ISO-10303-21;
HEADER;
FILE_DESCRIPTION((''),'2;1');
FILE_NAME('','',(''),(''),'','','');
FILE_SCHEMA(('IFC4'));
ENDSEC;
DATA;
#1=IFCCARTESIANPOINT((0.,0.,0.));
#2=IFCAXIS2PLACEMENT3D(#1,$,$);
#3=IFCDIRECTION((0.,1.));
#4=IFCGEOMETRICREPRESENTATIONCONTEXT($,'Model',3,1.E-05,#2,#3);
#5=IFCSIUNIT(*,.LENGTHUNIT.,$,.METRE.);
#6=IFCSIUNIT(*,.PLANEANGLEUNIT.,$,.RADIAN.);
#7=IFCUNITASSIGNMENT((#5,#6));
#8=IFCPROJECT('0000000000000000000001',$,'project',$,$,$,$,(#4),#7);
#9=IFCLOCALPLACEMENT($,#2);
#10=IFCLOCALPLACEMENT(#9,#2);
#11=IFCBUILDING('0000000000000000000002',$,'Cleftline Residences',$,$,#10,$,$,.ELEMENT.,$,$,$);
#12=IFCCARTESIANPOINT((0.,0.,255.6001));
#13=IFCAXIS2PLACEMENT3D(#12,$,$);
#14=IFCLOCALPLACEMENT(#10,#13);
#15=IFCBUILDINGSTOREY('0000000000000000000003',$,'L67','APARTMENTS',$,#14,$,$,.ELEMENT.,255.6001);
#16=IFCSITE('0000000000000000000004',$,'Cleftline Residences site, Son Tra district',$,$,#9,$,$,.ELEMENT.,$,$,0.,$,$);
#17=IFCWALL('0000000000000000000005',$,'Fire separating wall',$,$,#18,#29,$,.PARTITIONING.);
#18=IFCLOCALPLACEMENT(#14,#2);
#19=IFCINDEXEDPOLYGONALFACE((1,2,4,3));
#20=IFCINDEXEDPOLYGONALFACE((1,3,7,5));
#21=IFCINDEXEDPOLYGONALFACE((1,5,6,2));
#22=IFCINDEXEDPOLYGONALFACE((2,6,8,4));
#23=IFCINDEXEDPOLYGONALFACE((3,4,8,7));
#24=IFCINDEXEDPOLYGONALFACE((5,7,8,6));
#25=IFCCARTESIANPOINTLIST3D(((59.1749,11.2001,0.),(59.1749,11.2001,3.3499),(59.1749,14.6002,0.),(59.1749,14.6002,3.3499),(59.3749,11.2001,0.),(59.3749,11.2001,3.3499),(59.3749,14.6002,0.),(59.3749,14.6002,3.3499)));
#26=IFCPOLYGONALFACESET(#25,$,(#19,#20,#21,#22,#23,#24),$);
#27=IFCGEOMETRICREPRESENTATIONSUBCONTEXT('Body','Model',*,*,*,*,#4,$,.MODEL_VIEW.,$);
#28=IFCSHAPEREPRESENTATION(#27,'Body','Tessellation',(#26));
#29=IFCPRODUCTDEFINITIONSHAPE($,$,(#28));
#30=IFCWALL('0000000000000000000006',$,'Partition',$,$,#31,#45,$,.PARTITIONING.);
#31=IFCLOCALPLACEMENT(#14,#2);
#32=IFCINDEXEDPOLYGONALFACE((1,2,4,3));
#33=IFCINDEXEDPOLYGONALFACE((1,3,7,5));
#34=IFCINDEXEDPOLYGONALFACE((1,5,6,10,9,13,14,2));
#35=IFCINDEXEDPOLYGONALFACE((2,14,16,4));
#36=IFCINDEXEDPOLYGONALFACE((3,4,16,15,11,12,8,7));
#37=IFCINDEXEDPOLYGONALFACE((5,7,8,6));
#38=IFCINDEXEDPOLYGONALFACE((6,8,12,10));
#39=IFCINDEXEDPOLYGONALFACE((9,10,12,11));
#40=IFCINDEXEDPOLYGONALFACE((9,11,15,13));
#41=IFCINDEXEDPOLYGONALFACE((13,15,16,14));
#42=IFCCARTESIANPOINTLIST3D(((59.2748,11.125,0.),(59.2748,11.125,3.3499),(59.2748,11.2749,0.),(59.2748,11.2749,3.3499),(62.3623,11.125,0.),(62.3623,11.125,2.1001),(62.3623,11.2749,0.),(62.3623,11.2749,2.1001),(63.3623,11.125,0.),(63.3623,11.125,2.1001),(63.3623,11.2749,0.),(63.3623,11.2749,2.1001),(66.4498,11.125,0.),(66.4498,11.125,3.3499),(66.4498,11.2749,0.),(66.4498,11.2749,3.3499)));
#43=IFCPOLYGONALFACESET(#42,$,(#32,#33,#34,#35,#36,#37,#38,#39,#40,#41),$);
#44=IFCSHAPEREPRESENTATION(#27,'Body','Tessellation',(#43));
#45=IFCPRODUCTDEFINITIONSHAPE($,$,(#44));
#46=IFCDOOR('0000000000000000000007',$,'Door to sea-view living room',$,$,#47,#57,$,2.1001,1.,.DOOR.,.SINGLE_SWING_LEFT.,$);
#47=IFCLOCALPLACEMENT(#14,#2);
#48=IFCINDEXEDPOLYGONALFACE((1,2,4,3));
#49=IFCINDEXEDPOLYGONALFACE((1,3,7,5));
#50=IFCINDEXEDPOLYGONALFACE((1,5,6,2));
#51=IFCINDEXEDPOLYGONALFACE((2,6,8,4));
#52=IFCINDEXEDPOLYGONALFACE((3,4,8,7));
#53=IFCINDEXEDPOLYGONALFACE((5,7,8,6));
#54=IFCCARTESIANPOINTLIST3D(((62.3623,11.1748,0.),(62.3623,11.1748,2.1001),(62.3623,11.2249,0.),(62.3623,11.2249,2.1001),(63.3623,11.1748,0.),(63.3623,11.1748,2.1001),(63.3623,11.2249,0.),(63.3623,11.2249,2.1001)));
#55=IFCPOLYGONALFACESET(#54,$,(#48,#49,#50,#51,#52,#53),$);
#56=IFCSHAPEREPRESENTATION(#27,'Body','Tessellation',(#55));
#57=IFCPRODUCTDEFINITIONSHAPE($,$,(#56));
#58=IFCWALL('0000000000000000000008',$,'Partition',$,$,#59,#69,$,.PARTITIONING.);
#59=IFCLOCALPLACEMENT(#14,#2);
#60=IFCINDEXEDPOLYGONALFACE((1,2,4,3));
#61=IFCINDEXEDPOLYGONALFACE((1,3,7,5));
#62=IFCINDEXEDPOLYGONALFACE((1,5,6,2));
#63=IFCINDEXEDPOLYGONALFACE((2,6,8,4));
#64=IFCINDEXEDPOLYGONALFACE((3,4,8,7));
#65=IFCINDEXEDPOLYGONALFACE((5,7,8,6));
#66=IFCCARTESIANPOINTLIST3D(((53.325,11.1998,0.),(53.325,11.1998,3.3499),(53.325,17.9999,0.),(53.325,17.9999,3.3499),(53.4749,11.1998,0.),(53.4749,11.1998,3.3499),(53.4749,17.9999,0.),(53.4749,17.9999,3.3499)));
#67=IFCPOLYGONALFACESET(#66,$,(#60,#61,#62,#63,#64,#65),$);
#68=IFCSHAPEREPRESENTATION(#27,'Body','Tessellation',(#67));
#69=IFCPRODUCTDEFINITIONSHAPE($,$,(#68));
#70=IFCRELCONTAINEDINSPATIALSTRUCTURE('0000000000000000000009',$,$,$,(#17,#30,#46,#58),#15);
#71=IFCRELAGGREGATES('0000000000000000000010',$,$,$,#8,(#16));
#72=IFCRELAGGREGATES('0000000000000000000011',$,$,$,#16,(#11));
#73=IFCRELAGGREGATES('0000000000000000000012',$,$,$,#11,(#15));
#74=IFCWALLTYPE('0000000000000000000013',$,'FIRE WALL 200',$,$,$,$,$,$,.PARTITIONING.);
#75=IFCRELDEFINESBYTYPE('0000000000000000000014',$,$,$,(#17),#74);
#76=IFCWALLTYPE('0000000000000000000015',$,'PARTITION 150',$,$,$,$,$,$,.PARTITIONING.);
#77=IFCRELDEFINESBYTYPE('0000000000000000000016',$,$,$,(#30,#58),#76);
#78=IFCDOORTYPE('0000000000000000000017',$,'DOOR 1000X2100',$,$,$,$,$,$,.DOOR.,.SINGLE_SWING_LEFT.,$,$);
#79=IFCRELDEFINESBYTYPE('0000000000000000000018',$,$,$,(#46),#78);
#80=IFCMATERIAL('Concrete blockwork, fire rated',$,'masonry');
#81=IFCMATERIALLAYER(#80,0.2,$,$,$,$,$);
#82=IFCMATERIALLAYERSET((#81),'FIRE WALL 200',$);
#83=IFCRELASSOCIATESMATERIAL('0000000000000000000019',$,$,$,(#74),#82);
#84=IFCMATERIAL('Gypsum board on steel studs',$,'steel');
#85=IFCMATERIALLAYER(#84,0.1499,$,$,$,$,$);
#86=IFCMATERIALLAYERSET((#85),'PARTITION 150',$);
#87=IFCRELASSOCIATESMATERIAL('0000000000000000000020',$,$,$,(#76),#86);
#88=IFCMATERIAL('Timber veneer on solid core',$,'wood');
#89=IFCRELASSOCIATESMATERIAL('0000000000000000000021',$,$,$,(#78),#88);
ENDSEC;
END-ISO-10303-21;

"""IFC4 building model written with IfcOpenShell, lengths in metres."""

from ifc_helpers import new_model, si_unit, direction, frame, frame_2d, origin, place, context, subcontext, project, spatial, rectangle, extrude, material, layer, layer_set, type_object, element, fill, save


model = new_model("IFC4")

# Units and contexts
model_context = context("Model", 3, precision=1e-05, world=origin(), true_north=direction((0.0, 1.0)))
body_context = subcontext(model_context, "Body", "Model", "MODEL_VIEW")
ifc_project = project(units=[si_unit("LENGTHUNIT", "METRE"), si_unit("PLANEANGLEUNIT", "RADIAN")], contexts=[model_context])

# Site, building, storey
site_placement = place(None, origin())
site = spatial("IfcSite", under=ifc_project, at=site_placement, Name="Cleftline Residences site, Son Tra district", CompositionType="ELEMENT", RefElevation=0.0)
building_placement = place(site_placement, origin())
building = spatial("IfcBuilding", under=site, at=building_placement, Name="Cleftline Residences", CompositionType="ELEMENT")
storey_placement = place(building_placement, frame((0.0, 0.0, 255.6001)))
storey = spatial("IfcBuildingStorey", under=building, at=storey_placement, Name="L67", Description="APARTMENTS", CompositionType="ELEMENT", Elevation=255.6001)

# Shared definitions
ifc_material_1 = material(Name="Concrete blockwork, fire rated", Category="masonry")
ifc_layer_1 = layer(ifc_material_1, 0.2)
ifc_layer_set_1 = layer_set([ifc_layer_1], Name="FIRE WALL 200")
wall_type_1 = type_object("IfcWallType", Name="FIRE WALL 200", PredefinedType="PARTITIONING", material=ifc_layer_set_1)

# Wall
for number, where, z_axis, x_axis, name in (
    (1, (59.2749, 11.2, 0.0), (0.0, 0.0, 1.0), (0.0, 1.0, 0.0), "Fire separating wall"),
):
    element("IfcWall", number, at=place(storey_placement, frame(where, z_axis=z_axis, x_axis=x_axis)), inside=storey, type_object=wall_type_1, Name=name, PredefinedType="PARTITIONING", context=body_context, shape_type="SweptSolid", body=[
        extrude(rectangle(XDim=3.4001, YDim=0.2, at=frame_2d((1.7002, 0.0))), origin(), (0.0, 0.0, 1.0), 3.3499),
    ])

# Wall, opening, door
ifc_material_2 = material(Name="Gypsum board on steel studs", Category="steel")
ifc_layer_2 = layer(ifc_material_2, 0.1499)
ifc_layer_set_2 = layer_set([ifc_layer_2], Name="PARTITION 150")
wall_type_2 = type_object("IfcWallType", Name="PARTITION 150", PredefinedType="PARTITIONING", material=ifc_layer_set_2)
wall_1_placement = place(storey_placement, frame((59.2749, 11.2, 0.0), z_axis=(0.0, 0.0, 1.0), x_axis=(1.0, 0.0, 0.0)))
wall_1 = element("IfcWall", 2, at=wall_1_placement, inside=storey, type_object=wall_type_2, Name="Partition", PredefinedType="PARTITIONING", context=body_context, shape_type="SweptSolid", body=[
    extrude(rectangle(XDim=7.175, YDim=0.1499, at=frame_2d((3.5874, 0.0))), origin(), (0.0, 0.0, 1.0), 3.3499),
])
opening_1_placement = place(wall_1_placement, frame((3.0874, 0.0, 0.0)))
opening_1 = element("IfcOpeningElement", 3, at=opening_1_placement, cuts=wall_1, PredefinedType="OPENING", context=body_context, shape_type="SweptSolid", body=[
    extrude(rectangle(XDim=1.0, YDim=2.1001, at=frame_2d((0.5, 1.05))), frame((0.0, 0.085, 0.0), z_axis=(0.0, -1.0, 0.0), x_axis=(1.0, 0.0, 0.0)), (0.0, 0.0, 1.0), 0.1699),
])
ifc_material_3 = material(Name="Timber veneer on solid core", Category="wood")
door_type_1 = type_object("IfcDoorType", Name="DOOR 1000X2100", OperationType="SINGLE_SWING_LEFT", PredefinedType="DOOR", material=ifc_material_3)
door_1_placement = place(opening_1_placement, origin())
door_1 = element("IfcDoor", 4, at=door_1_placement, inside=storey, type_object=door_type_1, Name="Door to sea-view living room", OperationType="SINGLE_SWING_LEFT", OverallHeight=2.1001, OverallWidth=1.0, PredefinedType="DOOR", context=body_context, shape_type="SweptSolid", body=[
    extrude(rectangle(XDim=1.0, YDim=2.1001, at=frame_2d((0.5, 1.05))), frame((0.0, 0.0249, 0.0), z_axis=(0.0, -1.0, 0.0), x_axis=(1.0, 0.0, 0.0)), (0.0, 0.0, 1.0), 0.05),
])
fill(opening_1, door_1)

# Wall
wall_2_placement = place(storey_placement, frame((53.3999, 11.2, 0.0), z_axis=(0.0, 0.0, 1.0), x_axis=(0.0, 1.0, 0.0)))
element("IfcWall", 5, at=wall_2_placement, inside=storey, type_object=wall_type_2, Name="Partition", PredefinedType="PARTITIONING", context=body_context, shape_type="SweptSolid", body=[
    extrude(rectangle(XDim=6.8, YDim=0.1499, at=frame_2d((3.3999, 0.0))), origin(), (0.0, 0.0, 1.0), 3.3499),
])

save(model, "model.ifc")
